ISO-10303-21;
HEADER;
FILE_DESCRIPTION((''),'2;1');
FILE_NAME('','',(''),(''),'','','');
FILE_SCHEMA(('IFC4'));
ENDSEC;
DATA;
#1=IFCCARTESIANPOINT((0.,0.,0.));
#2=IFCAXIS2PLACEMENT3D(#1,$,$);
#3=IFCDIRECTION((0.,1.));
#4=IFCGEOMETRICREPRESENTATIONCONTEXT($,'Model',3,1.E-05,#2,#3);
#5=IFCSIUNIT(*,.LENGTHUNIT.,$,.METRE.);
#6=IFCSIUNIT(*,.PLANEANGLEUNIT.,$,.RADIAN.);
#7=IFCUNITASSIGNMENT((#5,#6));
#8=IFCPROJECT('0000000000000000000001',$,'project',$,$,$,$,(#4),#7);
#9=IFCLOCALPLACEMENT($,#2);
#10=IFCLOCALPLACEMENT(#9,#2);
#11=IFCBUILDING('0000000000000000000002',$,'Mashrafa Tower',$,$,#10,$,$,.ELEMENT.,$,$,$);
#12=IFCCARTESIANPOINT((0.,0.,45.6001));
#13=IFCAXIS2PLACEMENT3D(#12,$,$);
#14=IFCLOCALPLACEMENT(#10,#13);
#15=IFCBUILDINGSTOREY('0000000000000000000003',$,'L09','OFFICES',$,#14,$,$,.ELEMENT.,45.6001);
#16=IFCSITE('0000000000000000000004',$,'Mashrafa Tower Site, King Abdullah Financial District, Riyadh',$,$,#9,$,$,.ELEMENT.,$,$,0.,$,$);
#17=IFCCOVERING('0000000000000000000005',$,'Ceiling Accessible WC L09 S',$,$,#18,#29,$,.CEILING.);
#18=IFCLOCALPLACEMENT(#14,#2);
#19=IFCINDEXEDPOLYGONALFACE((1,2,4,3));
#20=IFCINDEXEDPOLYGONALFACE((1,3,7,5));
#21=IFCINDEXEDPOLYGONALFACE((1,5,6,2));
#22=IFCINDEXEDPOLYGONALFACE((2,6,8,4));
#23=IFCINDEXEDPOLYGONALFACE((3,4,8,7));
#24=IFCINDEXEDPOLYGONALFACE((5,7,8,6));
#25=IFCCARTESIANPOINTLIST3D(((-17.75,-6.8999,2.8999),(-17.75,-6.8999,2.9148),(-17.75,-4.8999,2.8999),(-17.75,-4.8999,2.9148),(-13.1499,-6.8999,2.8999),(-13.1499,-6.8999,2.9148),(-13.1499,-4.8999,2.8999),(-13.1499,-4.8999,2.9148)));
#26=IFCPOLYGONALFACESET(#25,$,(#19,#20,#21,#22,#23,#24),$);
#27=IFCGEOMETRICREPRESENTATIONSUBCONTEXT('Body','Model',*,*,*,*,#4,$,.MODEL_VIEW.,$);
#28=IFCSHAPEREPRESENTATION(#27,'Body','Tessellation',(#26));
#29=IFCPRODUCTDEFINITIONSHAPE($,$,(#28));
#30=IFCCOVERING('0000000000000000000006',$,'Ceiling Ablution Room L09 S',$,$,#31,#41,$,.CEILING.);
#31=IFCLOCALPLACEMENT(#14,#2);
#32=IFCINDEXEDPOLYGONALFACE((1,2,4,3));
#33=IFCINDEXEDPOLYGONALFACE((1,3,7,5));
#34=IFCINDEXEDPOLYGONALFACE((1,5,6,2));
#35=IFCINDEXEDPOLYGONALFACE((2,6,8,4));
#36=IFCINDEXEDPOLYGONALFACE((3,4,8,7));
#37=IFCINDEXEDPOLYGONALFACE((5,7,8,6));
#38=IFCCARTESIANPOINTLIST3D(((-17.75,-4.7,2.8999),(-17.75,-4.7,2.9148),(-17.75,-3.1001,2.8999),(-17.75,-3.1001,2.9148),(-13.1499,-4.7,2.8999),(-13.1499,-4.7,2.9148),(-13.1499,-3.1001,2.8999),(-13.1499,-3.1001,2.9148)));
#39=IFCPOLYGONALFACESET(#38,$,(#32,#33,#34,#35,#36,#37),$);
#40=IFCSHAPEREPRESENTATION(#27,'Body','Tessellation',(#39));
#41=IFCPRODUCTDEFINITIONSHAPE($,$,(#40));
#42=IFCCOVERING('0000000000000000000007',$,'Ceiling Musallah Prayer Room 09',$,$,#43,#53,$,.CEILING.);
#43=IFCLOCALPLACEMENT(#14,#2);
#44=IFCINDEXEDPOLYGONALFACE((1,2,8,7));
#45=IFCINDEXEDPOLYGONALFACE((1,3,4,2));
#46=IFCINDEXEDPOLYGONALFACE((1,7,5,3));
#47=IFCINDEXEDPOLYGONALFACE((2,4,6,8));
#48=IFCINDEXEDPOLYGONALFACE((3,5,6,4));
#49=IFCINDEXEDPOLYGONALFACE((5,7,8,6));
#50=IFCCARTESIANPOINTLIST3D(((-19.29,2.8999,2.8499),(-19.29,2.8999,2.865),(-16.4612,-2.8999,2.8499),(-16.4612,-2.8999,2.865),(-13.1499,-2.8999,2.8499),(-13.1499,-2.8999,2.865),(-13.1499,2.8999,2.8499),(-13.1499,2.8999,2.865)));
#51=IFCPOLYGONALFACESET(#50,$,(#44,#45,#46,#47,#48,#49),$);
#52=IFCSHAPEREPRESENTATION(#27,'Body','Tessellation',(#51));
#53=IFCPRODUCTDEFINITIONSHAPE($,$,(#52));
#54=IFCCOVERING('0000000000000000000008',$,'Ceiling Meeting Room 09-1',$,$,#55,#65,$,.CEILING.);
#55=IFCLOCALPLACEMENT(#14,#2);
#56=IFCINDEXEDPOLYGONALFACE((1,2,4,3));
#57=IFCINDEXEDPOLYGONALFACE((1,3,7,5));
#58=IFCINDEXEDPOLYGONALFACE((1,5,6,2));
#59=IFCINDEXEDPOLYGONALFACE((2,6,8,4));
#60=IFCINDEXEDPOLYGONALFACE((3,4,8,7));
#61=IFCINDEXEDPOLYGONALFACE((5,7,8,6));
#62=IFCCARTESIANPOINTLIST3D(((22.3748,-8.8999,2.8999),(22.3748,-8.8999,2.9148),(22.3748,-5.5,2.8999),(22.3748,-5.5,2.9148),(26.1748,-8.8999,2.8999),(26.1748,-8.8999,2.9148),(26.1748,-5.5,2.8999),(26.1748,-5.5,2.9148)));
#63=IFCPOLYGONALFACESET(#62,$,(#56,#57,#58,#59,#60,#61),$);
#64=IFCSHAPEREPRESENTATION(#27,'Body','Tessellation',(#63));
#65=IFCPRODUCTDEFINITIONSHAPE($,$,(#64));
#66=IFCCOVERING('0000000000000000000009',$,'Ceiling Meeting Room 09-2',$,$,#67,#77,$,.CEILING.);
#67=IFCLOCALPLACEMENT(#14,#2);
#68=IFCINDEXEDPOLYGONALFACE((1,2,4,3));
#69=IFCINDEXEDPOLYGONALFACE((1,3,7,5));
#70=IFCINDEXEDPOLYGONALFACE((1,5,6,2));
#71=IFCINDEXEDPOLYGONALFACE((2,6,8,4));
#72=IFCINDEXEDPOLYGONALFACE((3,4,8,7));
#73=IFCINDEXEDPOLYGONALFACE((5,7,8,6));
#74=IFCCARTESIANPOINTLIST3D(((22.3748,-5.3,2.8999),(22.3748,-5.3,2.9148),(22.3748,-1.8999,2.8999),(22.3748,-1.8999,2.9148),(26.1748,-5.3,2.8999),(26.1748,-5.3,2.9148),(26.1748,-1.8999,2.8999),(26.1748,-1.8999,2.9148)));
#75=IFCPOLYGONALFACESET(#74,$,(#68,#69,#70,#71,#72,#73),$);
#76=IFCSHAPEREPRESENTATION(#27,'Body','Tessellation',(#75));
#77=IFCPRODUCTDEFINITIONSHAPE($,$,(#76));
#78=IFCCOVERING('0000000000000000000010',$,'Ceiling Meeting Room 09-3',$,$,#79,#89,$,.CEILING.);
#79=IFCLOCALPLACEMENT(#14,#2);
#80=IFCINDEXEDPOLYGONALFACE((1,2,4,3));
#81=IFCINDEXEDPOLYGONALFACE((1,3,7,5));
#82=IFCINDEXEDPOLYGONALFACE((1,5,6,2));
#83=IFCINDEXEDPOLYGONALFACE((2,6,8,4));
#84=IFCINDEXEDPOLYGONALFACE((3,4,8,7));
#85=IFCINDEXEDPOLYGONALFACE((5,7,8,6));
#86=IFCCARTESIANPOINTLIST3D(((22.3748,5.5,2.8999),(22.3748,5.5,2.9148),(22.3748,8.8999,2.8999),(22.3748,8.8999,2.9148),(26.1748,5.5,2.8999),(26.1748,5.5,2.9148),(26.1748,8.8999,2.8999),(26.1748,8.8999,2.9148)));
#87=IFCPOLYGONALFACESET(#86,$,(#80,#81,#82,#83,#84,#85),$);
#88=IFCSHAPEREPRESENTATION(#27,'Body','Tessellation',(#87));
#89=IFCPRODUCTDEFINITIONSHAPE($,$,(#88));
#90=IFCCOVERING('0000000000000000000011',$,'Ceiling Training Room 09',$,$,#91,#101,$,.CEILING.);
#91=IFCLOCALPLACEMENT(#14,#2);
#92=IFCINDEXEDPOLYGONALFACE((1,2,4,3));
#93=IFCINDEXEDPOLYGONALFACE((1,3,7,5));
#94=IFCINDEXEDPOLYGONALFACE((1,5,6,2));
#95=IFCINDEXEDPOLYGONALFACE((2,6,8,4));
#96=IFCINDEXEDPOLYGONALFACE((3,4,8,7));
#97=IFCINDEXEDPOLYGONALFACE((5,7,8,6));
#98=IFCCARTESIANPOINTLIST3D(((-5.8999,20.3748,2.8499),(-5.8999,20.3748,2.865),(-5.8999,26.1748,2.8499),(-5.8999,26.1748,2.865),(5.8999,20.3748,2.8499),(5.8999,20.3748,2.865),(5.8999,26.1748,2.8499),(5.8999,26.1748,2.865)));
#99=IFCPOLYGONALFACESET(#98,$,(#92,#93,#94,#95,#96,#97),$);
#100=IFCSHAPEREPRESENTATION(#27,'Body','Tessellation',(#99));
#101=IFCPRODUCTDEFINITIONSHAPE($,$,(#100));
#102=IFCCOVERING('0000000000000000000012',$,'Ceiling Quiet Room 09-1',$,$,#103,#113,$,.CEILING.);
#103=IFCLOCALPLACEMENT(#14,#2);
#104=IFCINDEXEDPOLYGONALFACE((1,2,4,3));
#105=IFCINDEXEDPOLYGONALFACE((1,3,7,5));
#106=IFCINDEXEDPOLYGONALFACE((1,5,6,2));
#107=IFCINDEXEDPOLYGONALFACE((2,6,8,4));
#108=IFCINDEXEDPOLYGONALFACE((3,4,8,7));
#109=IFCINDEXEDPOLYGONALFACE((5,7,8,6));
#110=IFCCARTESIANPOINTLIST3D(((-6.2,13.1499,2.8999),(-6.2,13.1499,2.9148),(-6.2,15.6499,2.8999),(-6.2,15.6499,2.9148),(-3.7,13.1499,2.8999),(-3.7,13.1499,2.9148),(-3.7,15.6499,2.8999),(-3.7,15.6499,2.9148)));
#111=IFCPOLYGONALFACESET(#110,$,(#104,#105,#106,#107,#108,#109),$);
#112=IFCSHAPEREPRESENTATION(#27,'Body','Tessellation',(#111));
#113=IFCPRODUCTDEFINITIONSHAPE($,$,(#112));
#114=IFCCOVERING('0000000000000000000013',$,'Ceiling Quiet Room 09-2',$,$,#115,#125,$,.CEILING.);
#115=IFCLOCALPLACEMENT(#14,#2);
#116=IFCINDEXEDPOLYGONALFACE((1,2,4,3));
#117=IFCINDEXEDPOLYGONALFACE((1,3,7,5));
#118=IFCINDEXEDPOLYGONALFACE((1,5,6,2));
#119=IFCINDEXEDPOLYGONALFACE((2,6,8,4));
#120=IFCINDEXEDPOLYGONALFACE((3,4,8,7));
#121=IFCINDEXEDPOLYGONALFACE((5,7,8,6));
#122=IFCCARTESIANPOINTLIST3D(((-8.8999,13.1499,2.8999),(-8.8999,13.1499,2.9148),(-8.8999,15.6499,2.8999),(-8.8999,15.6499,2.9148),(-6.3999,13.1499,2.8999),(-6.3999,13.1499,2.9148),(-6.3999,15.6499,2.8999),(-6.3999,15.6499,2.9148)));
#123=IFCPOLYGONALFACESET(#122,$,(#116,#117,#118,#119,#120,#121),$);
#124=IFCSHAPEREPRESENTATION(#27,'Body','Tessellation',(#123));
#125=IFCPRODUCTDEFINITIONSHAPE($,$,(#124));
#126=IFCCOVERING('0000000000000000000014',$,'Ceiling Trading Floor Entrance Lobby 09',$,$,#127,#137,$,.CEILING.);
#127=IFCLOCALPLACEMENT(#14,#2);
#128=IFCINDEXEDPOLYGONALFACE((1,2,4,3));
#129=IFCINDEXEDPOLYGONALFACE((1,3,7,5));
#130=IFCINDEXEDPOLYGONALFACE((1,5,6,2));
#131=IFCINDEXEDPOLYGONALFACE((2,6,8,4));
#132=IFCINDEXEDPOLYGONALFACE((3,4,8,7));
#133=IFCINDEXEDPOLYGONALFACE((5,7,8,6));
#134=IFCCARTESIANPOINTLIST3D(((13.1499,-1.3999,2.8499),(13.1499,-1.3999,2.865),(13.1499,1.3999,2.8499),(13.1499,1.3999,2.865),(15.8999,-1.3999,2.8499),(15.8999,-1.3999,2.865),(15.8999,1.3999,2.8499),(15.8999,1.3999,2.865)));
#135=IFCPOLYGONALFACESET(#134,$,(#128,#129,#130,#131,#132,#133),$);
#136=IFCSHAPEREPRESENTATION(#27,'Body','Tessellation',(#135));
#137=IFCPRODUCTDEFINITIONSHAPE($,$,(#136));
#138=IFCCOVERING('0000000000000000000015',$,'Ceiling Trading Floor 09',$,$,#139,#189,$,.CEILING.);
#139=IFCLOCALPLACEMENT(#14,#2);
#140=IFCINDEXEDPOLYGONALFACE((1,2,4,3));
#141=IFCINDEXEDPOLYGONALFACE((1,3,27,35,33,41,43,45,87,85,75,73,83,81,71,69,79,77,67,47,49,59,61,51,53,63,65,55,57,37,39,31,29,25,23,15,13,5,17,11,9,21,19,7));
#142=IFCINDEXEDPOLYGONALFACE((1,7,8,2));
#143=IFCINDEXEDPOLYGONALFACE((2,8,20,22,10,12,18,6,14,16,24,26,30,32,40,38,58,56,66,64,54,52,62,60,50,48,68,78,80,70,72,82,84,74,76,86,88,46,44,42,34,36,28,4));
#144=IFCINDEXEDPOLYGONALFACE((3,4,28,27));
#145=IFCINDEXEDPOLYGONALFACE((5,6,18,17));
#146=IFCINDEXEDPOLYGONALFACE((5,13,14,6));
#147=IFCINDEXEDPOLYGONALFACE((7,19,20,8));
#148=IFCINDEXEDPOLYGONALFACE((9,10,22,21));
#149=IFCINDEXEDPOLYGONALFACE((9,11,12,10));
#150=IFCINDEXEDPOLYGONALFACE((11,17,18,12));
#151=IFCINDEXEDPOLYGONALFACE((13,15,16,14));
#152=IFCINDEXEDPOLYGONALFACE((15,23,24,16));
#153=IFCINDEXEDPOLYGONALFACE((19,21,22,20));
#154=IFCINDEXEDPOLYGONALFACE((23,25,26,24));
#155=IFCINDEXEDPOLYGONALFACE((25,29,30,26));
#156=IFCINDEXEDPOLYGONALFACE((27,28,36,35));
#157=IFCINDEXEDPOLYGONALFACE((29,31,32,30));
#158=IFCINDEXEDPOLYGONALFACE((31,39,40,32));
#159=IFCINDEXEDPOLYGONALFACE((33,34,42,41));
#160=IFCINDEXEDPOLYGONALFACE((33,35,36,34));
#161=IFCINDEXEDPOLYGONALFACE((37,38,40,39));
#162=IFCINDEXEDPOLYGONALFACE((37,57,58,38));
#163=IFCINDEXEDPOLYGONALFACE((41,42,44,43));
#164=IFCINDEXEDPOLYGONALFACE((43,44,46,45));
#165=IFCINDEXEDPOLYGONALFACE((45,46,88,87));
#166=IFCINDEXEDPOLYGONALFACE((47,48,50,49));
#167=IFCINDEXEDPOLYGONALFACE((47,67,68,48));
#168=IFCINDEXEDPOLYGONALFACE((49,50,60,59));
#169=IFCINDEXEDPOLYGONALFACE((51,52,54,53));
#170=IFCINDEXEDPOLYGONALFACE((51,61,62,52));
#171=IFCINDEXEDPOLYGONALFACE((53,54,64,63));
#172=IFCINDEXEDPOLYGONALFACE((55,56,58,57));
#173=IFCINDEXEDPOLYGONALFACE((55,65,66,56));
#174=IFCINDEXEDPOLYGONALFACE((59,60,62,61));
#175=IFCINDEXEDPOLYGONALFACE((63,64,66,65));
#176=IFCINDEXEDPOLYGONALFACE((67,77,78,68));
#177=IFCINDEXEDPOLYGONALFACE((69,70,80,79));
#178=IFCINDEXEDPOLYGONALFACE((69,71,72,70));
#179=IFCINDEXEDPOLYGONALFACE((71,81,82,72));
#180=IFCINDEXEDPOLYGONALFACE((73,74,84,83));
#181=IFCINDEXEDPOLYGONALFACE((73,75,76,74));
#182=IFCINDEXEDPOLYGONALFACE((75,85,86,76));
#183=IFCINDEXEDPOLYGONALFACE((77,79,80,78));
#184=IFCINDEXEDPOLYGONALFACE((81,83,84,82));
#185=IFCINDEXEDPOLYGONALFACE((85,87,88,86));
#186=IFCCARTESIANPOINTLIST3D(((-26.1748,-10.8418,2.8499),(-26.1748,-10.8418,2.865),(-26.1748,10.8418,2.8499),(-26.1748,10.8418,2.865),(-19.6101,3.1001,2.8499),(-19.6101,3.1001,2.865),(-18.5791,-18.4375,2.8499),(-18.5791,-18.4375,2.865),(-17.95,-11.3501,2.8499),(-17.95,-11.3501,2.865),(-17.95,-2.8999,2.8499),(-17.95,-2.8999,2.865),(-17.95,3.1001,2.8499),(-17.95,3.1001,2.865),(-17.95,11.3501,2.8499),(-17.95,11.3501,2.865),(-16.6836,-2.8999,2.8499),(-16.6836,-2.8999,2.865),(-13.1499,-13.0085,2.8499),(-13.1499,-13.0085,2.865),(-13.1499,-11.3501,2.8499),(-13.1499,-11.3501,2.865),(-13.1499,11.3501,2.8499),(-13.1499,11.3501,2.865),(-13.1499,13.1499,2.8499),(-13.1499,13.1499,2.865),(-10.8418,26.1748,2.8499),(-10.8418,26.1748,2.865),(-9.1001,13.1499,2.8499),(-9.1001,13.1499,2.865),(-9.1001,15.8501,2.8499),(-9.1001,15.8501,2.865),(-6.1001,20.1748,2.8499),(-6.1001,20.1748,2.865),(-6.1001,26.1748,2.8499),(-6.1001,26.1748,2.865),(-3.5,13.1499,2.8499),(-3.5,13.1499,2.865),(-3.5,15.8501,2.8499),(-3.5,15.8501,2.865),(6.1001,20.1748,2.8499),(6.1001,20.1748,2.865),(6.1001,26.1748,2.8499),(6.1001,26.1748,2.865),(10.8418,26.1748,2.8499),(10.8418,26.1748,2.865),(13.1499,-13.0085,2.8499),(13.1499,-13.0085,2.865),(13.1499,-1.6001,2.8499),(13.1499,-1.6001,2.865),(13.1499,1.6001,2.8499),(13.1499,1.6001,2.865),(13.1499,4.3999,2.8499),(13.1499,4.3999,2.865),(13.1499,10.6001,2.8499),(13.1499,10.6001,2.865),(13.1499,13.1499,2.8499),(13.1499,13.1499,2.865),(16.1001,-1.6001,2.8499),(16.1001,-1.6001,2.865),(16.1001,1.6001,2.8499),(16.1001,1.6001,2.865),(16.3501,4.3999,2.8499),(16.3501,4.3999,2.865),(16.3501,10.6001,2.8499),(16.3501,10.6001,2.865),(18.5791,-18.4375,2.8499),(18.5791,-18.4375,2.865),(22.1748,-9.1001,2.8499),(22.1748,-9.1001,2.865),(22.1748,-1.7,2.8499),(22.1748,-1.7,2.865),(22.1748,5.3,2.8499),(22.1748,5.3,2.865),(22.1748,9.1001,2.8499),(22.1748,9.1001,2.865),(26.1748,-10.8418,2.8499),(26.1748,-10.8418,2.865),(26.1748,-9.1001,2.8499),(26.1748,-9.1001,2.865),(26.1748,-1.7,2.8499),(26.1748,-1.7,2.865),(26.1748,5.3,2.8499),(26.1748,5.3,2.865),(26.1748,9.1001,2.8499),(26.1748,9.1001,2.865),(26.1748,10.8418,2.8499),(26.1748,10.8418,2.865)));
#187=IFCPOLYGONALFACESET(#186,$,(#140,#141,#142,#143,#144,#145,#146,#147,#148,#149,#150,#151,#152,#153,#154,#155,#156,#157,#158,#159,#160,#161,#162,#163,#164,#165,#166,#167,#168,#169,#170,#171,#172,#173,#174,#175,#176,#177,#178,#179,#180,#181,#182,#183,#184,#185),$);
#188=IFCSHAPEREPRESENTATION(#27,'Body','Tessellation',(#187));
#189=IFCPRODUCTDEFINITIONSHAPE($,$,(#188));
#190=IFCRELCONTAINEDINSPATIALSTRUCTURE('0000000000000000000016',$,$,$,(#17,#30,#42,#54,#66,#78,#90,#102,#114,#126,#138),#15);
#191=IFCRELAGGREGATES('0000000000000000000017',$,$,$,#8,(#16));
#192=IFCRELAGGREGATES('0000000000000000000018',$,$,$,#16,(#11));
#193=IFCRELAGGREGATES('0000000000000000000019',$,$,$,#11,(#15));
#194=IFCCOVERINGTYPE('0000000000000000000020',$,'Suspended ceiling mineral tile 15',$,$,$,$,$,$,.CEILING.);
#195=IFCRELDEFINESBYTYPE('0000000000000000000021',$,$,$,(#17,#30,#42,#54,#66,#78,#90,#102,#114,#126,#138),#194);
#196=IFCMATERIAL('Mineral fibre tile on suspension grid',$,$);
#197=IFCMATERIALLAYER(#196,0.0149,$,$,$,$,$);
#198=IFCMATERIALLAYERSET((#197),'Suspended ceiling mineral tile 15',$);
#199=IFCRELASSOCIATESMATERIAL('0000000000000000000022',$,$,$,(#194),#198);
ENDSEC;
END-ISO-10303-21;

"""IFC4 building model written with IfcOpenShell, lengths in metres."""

from ifc_helpers import new_model, si_unit, direction, frame, origin, place, context, subcontext, project, spatial, polyline, outline, extrude, material, layer, layer_set, type_object, element, save


model = new_model("IFC4")

# Units and contexts
model_context = context("Model", 3, precision=1e-05, world=origin(), true_north=direction((0.0, 1.0)))
body_context = subcontext(model_context, "Body", "Model", "MODEL_VIEW")
ifc_project = project(units=[si_unit("LENGTHUNIT", "METRE"), si_unit("PLANEANGLEUNIT", "RADIAN")], contexts=[model_context])

# Site, building, storey
site_placement = place(None, origin())
site = spatial("IfcSite", under=ifc_project, at=site_placement, Name="Mashrafa Tower Site, King Abdullah Financial District, Riyadh", CompositionType="ELEMENT", RefElevation=0.0)
building_placement = place(site_placement, origin())
building = spatial("IfcBuilding", under=site, at=building_placement, Name="Mashrafa Tower", CompositionType="ELEMENT")
storey_placement = place(building_placement, frame((0.0, 0.0, 45.6001)))
storey = spatial("IfcBuildingStorey", under=building, at=storey_placement, Name="L09", Description="OFFICES", CompositionType="ELEMENT", Elevation=45.6001)

# Coverings
ifc_material_1 = material(Name="Mineral fibre tile on suspension grid")
ifc_layer_1 = layer(ifc_material_1, 0.0149)
ifc_layer_set_1 = layer_set([ifc_layer_1], Name="Suspended ceiling mineral tile 15")
covering_type = type_object("IfcCoveringType", Name="Suspended ceiling mineral tile 15", PredefinedType="CEILING", material=ifc_layer_set_1)
covering_1_placement = place(storey_placement, frame((0.0, 0.0, 2.8999)))
element("IfcCovering", 1, at=covering_1_placement, inside=storey, type_object=covering_type, Name="Ceiling Accessible WC L09 S", PredefinedType="CEILING", context=body_context, shape_type="SweptSolid", body=[
    extrude(outline(polyline([(-17.75, -6.8999), (-17.75, -4.8999), (-13.1499, -4.8999), (-13.1499, -6.8999), (-17.75, -6.8999)])), origin(), (0.0, 0.0, 1.0), 0.0149),
])
covering_2_placement = place(storey_placement, frame((0.0, 0.0, 2.8999)))
element("IfcCovering", 2, at=covering_2_placement, inside=storey, type_object=covering_type, Name="Ceiling Ablution Room L09 S", PredefinedType="CEILING", context=body_context, shape_type="SweptSolid", body=[
    extrude(outline(polyline([(-17.75, -4.7), (-17.75, -3.1001), (-13.1499, -3.1001), (-13.1499, -4.7), (-17.75, -4.7)])), origin(), (0.0, 0.0, 1.0), 0.0149),
])
covering_3_placement = place(storey_placement, frame((0.0, 0.0, 2.8499)))
element("IfcCovering", 3, at=covering_3_placement, inside=storey, type_object=covering_type, Name="Ceiling Musallah Prayer Room 09", PredefinedType="CEILING", context=body_context, shape_type="SweptSolid", body=[
    extrude(outline(polyline([(-16.4612, -2.8999), (-19.29, 2.8999), (-13.1499, 2.8999), (-13.1499, -2.8999), (-16.4612, -2.8999)])), origin(), (0.0, 0.0, 1.0), 0.0151),
])
covering_4_placement = place(storey_placement, frame((0.0, 0.0, 2.8999)))
element("IfcCovering", 4, at=covering_4_placement, inside=storey, type_object=covering_type, Name="Ceiling Meeting Room 09-1", PredefinedType="CEILING", context=body_context, shape_type="SweptSolid", body=[
    extrude(outline(polyline([(22.3748, -5.5), (26.1748, -5.5), (26.1748, -8.8999), (22.3748, -8.8999), (22.3748, -5.5)])), origin(), (0.0, 0.0, 1.0), 0.0149),
])
covering_5_placement = place(storey_placement, frame((0.0, 0.0, 2.8999)))
element("IfcCovering", 5, at=covering_5_placement, inside=storey, type_object=covering_type, Name="Ceiling Meeting Room 09-2", PredefinedType="CEILING", context=body_context, shape_type="SweptSolid", body=[
    extrude(outline(polyline([(22.3748, -1.8999), (26.1748, -1.8999), (26.1748, -5.3), (22.3748, -5.3), (22.3748, -1.8999)])), origin(), (0.0, 0.0, 1.0), 0.0149),
])
covering_6_placement = place(storey_placement, frame((0.0, 0.0, 2.8999)))
element("IfcCovering", 6, at=covering_6_placement, inside=storey, type_object=covering_type, Name="Ceiling Meeting Room 09-3", PredefinedType="CEILING", context=body_context, shape_type="SweptSolid", body=[
    extrude(outline(polyline([(22.3748, 8.8999), (26.1748, 8.8999), (26.1748, 5.5), (22.3748, 5.5), (22.3748, 8.8999)])), origin(), (0.0, 0.0, 1.0), 0.0149),
])
covering_7_placement = place(storey_placement, frame((0.0, 0.0, 2.8499)))
element("IfcCovering", 7, at=covering_7_placement, inside=storey, type_object=covering_type, Name="Ceiling Training Room 09", PredefinedType="CEILING", context=body_context, shape_type="SweptSolid", body=[
    extrude(outline(polyline([(-5.8999, 26.1748), (5.8999, 26.1748), (5.8999, 20.3748), (-5.8999, 20.3748), (-5.8999, 26.1748)])), origin(), (0.0, 0.0, 1.0), 0.0151),
])
covering_8_placement = place(storey_placement, frame((0.0, 0.0, 2.8999)))
element("IfcCovering", 8, at=covering_8_placement, inside=storey, type_object=covering_type, Name="Ceiling Quiet Room 09-1", PredefinedType="CEILING", context=body_context, shape_type="SweptSolid", body=[
    extrude(outline(polyline([(-6.2, 15.6499), (-3.7, 15.6499), (-3.7, 13.1499), (-6.2, 13.1499), (-6.2, 15.6499)])), origin(), (0.0, 0.0, 1.0), 0.0149),
])
covering_9_placement = place(storey_placement, frame((0.0, 0.0, 2.8999)))
element("IfcCovering", 9, at=covering_9_placement, inside=storey, type_object=covering_type, Name="Ceiling Quiet Room 09-2", PredefinedType="CEILING", context=body_context, shape_type="SweptSolid", body=[
    extrude(outline(polyline([(-8.8999, 15.6499), (-6.3999, 15.6499), (-6.3999, 13.1499), (-8.8999, 13.1499), (-8.8999, 15.6499)])), origin(), (0.0, 0.0, 1.0), 0.0149),
])
covering_10_placement = place(storey_placement, frame((0.0, 0.0, 2.8499)))
element("IfcCovering", 10, at=covering_10_placement, inside=storey, type_object=covering_type, Name="Ceiling Trading Floor Entrance Lobby 09", PredefinedType="CEILING", context=body_context, shape_type="SweptSolid", body=[
    extrude(outline(polyline([(13.1499, 1.3999), (15.8999, 1.3999), (15.8999, -1.3999), (13.1499, -1.3999), (13.1499, 1.3999)])), origin(), (0.0, 0.0, 1.0), 0.0151),
])
covering_11_placement = place(storey_placement, frame((0.0, 0.0, 2.8499)))
element("IfcCovering", 11, at=covering_11_placement, inside=storey, type_object=covering_type, Name="Ceiling Trading Floor 09", PredefinedType="CEILING", context=body_context, shape_type="SweptSolid", body=[
    extrude(outline(polyline([(-13.1499, -13.0085), (-18.5791, -18.4375), (-26.1748, -10.8418), (-26.1748, 10.8418), (-10.8418, 26.1748), (-6.1001, 26.1748), (-6.1001, 20.1748), (6.1001, 20.1748), (6.1001, 26.1748), (10.8418, 26.1748), (26.1748, 10.8418), (26.1748, 9.1001), (22.1748, 9.1001), (22.1748, 5.3), (26.1748, 5.3), (26.1748, -1.7), (22.1748, -1.7), (22.1748, -9.1001), (26.1748, -9.1001), (26.1748, -10.8418), (18.5791, -18.4375), (13.1499, -13.0085), (13.1499, -1.6001), (16.1001, -1.6001), (16.1001, 1.6001), (13.1499, 1.6001), (13.1499, 4.3999), (16.3501, 4.3999), (16.3501, 10.6001), (13.1499, 10.6001), (13.1499, 13.1499), (-3.5, 13.1499), (-3.5, 15.8501), (-9.1001, 15.8501), (-9.1001, 13.1499), (-13.1499, 13.1499), (-13.1499, 11.3501), (-17.95, 11.3501), (-17.95, 3.1001), (-19.6101, 3.1001), (-16.6836, -2.8999), (-17.95, -2.8999), (-17.95, -11.3501), (-13.1499, -11.3501), (-13.1499, -13.0085)])), origin(), (0.0, 0.0, 1.0), 0.0151),
])

save(model, "model.ifc")
